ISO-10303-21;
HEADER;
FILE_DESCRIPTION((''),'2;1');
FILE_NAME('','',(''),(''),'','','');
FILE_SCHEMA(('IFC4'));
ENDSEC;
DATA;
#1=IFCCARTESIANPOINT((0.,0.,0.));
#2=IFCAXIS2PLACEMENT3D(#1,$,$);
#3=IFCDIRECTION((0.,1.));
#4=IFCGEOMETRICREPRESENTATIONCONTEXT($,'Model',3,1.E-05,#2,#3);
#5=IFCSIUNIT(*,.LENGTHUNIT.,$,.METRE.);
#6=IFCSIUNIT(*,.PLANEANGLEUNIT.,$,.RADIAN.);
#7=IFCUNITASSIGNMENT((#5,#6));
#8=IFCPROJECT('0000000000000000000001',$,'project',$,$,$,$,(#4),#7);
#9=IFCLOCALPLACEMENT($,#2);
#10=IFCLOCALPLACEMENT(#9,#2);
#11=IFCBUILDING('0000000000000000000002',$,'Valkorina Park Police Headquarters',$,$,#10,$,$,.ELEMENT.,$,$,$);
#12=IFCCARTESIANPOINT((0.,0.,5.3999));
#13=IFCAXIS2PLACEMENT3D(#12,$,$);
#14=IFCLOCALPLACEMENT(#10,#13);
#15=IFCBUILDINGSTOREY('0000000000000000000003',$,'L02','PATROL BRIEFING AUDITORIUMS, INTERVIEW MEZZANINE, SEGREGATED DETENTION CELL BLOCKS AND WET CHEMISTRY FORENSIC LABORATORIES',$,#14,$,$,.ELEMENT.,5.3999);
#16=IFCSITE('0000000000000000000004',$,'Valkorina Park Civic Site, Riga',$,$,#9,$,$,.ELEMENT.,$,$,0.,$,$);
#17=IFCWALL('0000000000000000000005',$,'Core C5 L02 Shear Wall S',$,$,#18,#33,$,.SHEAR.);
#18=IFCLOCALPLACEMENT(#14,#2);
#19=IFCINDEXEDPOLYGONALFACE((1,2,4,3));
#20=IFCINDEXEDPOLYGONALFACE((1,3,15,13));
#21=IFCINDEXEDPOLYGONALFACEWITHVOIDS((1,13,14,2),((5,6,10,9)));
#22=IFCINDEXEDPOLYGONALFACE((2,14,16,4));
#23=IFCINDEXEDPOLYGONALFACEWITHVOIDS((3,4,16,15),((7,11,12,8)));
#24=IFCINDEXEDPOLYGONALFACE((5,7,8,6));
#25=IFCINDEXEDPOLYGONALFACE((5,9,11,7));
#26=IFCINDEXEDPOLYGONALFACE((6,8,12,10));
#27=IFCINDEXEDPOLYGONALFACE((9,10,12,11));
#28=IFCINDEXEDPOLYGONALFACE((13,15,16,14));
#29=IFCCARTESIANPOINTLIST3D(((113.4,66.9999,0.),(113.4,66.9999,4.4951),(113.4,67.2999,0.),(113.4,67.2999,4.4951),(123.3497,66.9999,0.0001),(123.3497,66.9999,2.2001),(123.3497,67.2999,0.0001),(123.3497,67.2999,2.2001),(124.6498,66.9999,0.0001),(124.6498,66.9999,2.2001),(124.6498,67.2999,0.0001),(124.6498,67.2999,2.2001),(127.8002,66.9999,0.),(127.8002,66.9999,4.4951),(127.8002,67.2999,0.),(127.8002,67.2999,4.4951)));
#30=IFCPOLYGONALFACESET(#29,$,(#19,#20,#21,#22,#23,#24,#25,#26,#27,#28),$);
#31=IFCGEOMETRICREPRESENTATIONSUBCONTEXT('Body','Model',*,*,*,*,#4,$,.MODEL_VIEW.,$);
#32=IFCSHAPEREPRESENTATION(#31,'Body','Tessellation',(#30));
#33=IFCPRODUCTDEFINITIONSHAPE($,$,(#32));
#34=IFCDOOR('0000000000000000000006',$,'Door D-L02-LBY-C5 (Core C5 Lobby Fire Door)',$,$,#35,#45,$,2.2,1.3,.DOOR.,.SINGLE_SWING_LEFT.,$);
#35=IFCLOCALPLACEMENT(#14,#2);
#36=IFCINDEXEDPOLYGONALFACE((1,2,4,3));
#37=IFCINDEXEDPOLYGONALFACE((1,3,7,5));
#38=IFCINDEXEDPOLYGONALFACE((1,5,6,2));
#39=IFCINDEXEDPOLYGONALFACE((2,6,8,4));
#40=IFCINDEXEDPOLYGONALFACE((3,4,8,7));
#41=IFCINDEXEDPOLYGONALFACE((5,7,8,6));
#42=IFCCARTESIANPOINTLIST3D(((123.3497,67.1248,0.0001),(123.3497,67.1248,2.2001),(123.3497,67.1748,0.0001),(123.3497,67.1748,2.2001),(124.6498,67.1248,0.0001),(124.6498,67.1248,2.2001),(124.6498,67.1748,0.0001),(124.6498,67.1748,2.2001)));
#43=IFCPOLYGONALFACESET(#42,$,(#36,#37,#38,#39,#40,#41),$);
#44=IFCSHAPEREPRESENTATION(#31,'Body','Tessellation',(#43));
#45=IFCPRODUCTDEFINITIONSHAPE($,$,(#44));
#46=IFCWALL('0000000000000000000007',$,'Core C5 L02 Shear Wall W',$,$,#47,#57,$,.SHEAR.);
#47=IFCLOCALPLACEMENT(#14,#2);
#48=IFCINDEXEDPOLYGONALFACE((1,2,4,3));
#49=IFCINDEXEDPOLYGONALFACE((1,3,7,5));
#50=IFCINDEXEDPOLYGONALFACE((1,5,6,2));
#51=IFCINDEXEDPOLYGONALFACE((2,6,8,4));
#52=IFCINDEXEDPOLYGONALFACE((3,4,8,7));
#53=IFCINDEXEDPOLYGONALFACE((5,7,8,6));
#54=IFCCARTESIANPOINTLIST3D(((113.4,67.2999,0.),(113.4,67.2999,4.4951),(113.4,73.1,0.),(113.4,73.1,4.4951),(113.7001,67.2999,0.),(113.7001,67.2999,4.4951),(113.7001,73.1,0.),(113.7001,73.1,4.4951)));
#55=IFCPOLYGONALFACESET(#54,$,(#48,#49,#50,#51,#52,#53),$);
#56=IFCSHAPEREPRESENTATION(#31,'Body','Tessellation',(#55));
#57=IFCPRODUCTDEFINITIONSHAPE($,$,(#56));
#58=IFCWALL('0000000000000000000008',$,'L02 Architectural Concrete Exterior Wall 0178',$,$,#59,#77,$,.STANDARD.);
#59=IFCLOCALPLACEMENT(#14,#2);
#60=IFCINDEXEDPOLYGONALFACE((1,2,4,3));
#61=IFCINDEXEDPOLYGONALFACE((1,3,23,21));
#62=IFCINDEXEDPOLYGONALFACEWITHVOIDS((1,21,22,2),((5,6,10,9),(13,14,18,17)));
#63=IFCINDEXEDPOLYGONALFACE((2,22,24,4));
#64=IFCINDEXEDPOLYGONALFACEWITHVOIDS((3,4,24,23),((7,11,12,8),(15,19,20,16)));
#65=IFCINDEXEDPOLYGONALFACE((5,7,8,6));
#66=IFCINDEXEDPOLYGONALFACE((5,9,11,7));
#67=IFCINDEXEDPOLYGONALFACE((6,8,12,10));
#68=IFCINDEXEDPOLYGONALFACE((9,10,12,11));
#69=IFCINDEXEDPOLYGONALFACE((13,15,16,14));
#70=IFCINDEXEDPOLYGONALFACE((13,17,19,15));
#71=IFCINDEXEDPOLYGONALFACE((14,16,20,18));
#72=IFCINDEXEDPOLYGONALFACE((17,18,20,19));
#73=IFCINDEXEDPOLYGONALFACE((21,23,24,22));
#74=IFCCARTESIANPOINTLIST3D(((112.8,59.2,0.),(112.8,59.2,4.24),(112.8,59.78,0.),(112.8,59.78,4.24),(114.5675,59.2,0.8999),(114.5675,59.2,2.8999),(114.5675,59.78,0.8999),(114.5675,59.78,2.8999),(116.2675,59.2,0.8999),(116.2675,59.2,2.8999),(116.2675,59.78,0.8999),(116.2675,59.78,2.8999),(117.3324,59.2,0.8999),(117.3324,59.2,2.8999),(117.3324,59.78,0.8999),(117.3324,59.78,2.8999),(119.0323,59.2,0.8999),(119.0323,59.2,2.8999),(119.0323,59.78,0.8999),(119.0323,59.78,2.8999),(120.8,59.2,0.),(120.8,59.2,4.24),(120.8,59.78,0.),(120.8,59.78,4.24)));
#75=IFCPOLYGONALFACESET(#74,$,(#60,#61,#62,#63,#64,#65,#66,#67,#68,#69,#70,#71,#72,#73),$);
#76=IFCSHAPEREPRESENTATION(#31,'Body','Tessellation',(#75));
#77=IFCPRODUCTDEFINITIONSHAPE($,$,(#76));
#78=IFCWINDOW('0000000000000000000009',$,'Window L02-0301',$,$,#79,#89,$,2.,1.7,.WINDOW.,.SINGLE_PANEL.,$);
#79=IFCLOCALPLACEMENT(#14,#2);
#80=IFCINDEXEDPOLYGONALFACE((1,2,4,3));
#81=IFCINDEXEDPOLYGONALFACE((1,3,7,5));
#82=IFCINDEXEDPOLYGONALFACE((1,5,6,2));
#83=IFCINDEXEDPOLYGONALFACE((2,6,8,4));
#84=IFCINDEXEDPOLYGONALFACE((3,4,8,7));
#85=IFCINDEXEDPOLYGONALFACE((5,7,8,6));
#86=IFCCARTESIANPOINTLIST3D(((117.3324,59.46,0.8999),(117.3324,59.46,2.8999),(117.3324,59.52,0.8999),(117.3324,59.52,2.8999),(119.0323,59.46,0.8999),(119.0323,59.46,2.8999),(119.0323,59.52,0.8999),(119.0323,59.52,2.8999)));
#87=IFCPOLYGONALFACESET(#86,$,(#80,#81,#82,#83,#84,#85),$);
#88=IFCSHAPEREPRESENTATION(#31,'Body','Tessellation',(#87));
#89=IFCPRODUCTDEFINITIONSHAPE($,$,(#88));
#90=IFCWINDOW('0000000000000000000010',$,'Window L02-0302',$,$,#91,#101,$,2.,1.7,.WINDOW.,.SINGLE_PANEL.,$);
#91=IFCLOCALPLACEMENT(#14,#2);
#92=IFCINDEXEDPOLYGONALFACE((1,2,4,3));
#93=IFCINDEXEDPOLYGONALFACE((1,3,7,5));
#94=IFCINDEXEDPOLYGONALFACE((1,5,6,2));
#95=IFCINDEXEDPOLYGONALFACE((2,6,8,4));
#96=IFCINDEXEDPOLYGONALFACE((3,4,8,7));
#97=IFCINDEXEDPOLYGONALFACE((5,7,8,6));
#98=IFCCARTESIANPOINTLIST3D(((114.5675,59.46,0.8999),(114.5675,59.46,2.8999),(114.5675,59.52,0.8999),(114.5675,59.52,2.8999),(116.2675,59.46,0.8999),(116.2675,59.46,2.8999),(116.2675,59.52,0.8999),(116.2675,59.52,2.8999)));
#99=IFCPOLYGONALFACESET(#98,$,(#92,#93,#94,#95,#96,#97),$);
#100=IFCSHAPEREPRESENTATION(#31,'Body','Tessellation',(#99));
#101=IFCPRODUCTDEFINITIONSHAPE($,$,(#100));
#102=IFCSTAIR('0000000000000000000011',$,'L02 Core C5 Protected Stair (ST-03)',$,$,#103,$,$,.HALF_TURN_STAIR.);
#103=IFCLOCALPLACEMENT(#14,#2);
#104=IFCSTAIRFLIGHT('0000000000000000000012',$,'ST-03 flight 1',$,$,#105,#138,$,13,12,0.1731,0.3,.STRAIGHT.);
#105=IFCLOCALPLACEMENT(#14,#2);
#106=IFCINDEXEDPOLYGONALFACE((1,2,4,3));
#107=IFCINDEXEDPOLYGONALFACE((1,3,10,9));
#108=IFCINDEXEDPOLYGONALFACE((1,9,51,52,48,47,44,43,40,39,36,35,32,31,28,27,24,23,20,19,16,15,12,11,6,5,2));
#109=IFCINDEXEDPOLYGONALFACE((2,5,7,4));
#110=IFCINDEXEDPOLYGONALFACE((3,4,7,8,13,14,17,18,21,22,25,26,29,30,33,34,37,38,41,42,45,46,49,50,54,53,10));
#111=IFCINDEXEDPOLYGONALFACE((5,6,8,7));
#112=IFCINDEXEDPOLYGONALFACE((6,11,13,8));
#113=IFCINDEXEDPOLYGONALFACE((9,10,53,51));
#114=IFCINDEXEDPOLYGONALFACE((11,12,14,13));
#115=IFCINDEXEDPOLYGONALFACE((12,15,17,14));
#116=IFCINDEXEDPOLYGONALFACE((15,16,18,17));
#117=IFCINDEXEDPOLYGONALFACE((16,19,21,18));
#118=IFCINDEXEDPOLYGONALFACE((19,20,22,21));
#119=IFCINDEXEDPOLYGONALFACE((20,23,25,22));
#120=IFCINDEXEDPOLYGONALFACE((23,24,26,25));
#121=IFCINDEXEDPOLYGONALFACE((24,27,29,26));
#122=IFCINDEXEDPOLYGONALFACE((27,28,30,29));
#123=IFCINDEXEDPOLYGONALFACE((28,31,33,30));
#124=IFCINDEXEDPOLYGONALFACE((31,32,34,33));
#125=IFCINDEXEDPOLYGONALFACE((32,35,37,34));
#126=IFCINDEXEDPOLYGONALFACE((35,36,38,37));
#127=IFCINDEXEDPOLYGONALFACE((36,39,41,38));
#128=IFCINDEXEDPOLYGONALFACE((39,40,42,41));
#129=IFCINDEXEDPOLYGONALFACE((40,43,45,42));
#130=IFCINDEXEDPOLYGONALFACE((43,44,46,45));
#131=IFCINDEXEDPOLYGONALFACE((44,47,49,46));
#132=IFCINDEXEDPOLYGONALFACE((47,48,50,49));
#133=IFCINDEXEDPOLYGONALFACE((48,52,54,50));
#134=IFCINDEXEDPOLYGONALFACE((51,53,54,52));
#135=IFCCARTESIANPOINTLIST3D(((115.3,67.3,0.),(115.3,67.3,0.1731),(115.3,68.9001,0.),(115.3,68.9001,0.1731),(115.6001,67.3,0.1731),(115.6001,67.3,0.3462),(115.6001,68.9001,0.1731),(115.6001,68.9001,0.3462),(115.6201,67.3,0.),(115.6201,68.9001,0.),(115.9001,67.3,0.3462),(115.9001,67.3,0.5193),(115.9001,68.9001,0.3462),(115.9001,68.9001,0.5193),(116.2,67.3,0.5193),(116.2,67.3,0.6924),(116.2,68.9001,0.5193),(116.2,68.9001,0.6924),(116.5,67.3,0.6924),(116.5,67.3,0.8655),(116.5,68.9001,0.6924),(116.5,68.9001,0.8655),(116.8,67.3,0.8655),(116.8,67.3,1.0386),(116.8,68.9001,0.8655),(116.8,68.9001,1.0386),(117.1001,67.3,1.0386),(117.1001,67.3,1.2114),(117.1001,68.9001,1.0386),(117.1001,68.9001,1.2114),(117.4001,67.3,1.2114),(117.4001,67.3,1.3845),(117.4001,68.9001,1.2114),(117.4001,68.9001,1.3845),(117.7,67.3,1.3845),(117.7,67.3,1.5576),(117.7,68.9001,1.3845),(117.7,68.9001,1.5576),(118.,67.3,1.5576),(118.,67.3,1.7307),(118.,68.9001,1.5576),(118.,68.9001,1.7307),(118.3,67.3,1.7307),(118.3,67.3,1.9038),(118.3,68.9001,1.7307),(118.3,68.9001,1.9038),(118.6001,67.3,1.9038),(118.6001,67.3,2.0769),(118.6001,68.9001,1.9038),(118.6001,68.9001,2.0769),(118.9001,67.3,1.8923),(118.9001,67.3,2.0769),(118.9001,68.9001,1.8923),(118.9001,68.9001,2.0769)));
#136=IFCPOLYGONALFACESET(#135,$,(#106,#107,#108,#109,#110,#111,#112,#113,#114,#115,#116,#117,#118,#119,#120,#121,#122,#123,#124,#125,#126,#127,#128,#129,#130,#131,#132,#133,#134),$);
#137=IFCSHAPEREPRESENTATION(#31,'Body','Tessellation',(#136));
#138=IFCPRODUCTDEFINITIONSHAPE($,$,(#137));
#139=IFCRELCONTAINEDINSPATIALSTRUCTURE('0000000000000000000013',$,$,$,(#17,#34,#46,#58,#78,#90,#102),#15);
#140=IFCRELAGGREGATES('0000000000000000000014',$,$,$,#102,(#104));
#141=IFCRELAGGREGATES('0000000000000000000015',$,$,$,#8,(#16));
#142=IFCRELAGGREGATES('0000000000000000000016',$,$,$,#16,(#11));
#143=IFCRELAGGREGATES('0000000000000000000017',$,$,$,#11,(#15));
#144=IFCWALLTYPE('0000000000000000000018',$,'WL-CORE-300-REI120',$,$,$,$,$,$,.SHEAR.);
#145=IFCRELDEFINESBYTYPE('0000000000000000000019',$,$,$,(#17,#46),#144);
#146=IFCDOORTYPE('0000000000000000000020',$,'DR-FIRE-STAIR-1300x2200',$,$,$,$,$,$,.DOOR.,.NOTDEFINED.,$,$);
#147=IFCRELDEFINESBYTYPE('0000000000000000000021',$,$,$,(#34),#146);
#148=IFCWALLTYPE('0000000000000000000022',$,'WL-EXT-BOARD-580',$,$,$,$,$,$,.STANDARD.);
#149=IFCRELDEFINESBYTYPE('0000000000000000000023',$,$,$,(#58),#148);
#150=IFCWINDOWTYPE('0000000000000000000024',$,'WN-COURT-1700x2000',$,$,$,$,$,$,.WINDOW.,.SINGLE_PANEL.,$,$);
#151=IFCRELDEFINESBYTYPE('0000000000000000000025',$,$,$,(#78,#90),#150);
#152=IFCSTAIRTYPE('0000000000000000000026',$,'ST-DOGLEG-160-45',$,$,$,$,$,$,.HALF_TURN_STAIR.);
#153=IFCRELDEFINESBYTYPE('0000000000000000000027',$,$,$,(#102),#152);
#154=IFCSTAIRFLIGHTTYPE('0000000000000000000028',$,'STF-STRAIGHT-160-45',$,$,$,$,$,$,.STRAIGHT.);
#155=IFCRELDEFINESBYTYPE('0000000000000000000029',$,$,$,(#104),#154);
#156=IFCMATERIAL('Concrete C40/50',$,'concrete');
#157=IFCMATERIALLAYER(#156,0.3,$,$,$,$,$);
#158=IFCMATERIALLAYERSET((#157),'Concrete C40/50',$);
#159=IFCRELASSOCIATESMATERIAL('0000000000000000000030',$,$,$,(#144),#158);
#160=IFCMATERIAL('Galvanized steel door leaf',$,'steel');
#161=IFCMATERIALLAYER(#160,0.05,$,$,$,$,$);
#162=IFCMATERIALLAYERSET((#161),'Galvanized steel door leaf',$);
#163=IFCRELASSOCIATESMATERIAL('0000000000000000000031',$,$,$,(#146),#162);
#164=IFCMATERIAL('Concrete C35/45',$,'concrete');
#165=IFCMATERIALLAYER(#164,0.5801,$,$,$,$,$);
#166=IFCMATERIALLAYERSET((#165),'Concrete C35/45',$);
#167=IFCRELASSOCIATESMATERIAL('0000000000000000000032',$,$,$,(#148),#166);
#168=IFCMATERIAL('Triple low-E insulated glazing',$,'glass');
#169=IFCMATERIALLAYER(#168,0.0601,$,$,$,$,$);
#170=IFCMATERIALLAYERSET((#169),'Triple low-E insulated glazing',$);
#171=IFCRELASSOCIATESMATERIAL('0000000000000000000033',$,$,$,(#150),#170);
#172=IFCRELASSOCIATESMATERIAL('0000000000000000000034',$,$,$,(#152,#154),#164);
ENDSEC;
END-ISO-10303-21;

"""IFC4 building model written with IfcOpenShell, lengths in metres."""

from ifc_helpers import new_model, si_unit, direction, frame, frame_2d, origin, place, context, subcontext, project, spatial, polyline, rectangle, outline, extrude, material, layer, layer_set, type_object, element, fill, aggregate, save


model = new_model("IFC4")

# Units and contexts
model_context = context("Model", 3, precision=1e-05, world=origin(), true_north=direction((0.0, 1.0)))
body_context = subcontext(model_context, "Body", "Model", "MODEL_VIEW")
ifc_project = project(units=[si_unit("LENGTHUNIT", "METRE"), si_unit("PLANEANGLEUNIT", "RADIAN")], contexts=[model_context])

# Site, building, storey
site_placement = place(None, origin())
site = spatial("IfcSite", under=ifc_project, at=site_placement, Name="Valkorina Park Civic Site, Riga", CompositionType="ELEMENT", RefElevation=0.0)
building_placement = place(site_placement, origin())
building = spatial("IfcBuilding", under=site, at=building_placement, Name="Valkorina Park Police Headquarters", CompositionType="ELEMENT")
storey_placement = place(building_placement, frame((0.0, 0.0, 5.3999)))
storey = spatial("IfcBuildingStorey", under=building, at=storey_placement, Name="L02", Description="PATROL BRIEFING AUDITORIUMS, INTERVIEW MEZZANINE, SEGREGATED DETENTION CELL BLOCKS AND WET CHEMISTRY FORENSIC LABORATORIES", CompositionType="ELEMENT", Elevation=5.3999)

# Wall, opening, door
ifc_material_1 = material(Name="Concrete C40/50", Category="concrete")
ifc_layer_1 = layer(ifc_material_1, 0.3)
ifc_layer_set_1 = layer_set([ifc_layer_1], Name="Concrete C40/50")
wall_type_1 = type_object("IfcWallType", Name="WL-CORE-300-REI120", PredefinedType="SHEAR", material=ifc_layer_set_1)
wall_1_placement = place(storey_placement, frame((113.3999, 67.1499, 0.0), z_axis=(0.0, 0.0, 1.0), x_axis=(1.0, 0.0, 0.0)))
wall_1 = element("IfcWall", 1, at=wall_1_placement, inside=storey, type_object=wall_type_1, Name="Core C5 L02 Shear Wall S", PredefinedType="SHEAR", context=body_context, shape_type="SweptSolid", body=[
    extrude(rectangle(XDim=14.4001, YDim=0.3, at=frame_2d((7.2002, 0.0))), origin(), (0.0, 0.0, 1.0), 4.4951),
])
opening_1_placement = place(wall_1_placement, frame((9.95, 0.0, 0.0)))
opening_1 = element("IfcOpeningElement", 2, at=opening_1_placement, cuts=wall_1, PredefinedType="OPENING", context=body_context, shape_type="SweptSolid", body=[
    extrude(rectangle(XDim=1.3, YDim=2.2, at=frame_2d((0.6499, 1.1001))), frame((0.0, 0.1602, 0.0), z_axis=(0.0, -1.0, 0.0), x_axis=(1.0, 0.0, 0.0)), (0.0, 0.0, 1.0), 0.3201),
])
ifc_material_2 = material(Name="Galvanized steel door leaf", Category="steel")
ifc_layer_2 = layer(ifc_material_2, 0.05)
ifc_layer_set_2 = layer_set([ifc_layer_2], Name="Galvanized steel door leaf")
door_type = type_object("IfcDoorType", Name="DR-FIRE-STAIR-1300x2200", OperationType="NOTDEFINED", PredefinedType="DOOR", material=ifc_layer_set_2)
door_placement = place(opening_1_placement, origin())
door = element("IfcDoor", 3, at=door_placement, inside=storey, type_object=door_type, Name="Door D-L02-LBY-C5 (Core C5 Lobby Fire Door)", OperationType="SINGLE_SWING_LEFT", OverallHeight=2.2, OverallWidth=1.3, PredefinedType="DOOR", context=body_context, shape_type="SweptSolid", body=[
    extrude(rectangle(XDim=1.3, YDim=2.2, at=frame_2d((0.6499, 1.1001))), frame((0.0, 0.0249, 0.0), z_axis=(0.0, -1.0, 0.0), x_axis=(1.0, 0.0, 0.0)), (0.0, 0.0, 1.0), 0.05),
])
fill(opening_1, door)

# Wall
wall_2_placement = place(storey_placement, frame((113.55, 67.3, 0.0), z_axis=(0.0, 0.0, 1.0), x_axis=(0.0, 1.0, 0.0)))
element("IfcWall", 4, at=wall_2_placement, inside=storey, type_object=wall_type_1, Name="Core C5 L02 Shear Wall W", PredefinedType="SHEAR", context=body_context, shape_type="SweptSolid", body=[
    extrude(rectangle(XDim=5.8, YDim=0.3, at=frame_2d((2.8999, 0.0))), origin(), (0.0, 0.0, 1.0), 4.4951),
])

# Wall, openings, windows
ifc_material_3 = material(Name="Concrete C35/45", Category="concrete")
ifc_layer_3 = layer(ifc_material_3, 0.5801)
ifc_layer_set_3 = layer_set([ifc_layer_3], Name="Concrete C35/45")
wall_type_2 = type_object("IfcWallType", Name="WL-EXT-BOARD-580", PredefinedType="STANDARD", material=ifc_layer_set_3)
wall_3_placement = place(storey_placement, frame((120.8, 59.49, 0.0), z_axis=(0.0, 0.0, 1.0), x_axis=(-1.0, 0.0, 0.0)))
wall_3 = element("IfcWall", 5, at=wall_3_placement, inside=storey, type_object=wall_type_2, Name="L02 Architectural Concrete Exterior Wall 0178", PredefinedType="STANDARD", context=body_context, shape_type="SweptSolid", body=[
    extrude(rectangle(XDim=8.0, YDim=0.5801, at=frame_2d((4.0, 0.0))), origin(), (0.0, 0.0, 1.0), 4.24),
])
opening_2_placement = place(wall_3_placement, frame((1.7676, 0.0, 0.8999)))
opening_2 = element("IfcOpeningElement", 6, at=opening_2_placement, cuts=wall_3, PredefinedType="OPENING", context=body_context, shape_type="SweptSolid", body=[
    extrude(rectangle(XDim=1.7, YDim=2.0, at=frame_2d((0.8501, 1.0))), frame((0.0, 0.3, 0.0), z_axis=(0.0, -1.0, 0.0), x_axis=(1.0, 0.0, 0.0)), (0.0, 0.0, 1.0), 0.6001),
])
opening_3_placement = place(wall_3_placement, frame((4.5325, 0.0, 0.8999)))
opening_3 = element("IfcOpeningElement", 7, at=opening_3_placement, cuts=wall_3, PredefinedType="OPENING", context=body_context, shape_type="SweptSolid", body=[
    extrude(rectangle(XDim=1.7, YDim=2.0, at=frame_2d((0.8501, 1.0))), frame((0.0, 0.3, 0.0), z_axis=(0.0, -1.0, 0.0), x_axis=(1.0, 0.0, 0.0)), (0.0, 0.0, 1.0), 0.6001),
])
ifc_material_4 = material(Name="Triple low-E insulated glazing", Category="glass")
ifc_layer_4 = layer(ifc_material_4, 0.0601)
ifc_layer_set_4 = layer_set([ifc_layer_4], Name="Triple low-E insulated glazing")
window_type = type_object("IfcWindowType", Name="WN-COURT-1700x2000", PartitioningType="SINGLE_PANEL", PredefinedType="WINDOW", material=ifc_layer_set_4)
window_1_placement = place(opening_2_placement, origin())
window_1 = element("IfcWindow", 8, at=window_1_placement, inside=storey, type_object=window_type, Name="Window L02-0301", OverallHeight=2.0, OverallWidth=1.7, PartitioningType="SINGLE_PANEL", PredefinedType="WINDOW", context=body_context, shape_type="SweptSolid", body=[
    extrude(rectangle(XDim=1.7, YDim=2.0, at=frame_2d((0.8501, 1.0))), frame((0.0, 0.03, 0.0), z_axis=(0.0, -1.0, 0.0), x_axis=(1.0, 0.0, 0.0)), (0.0, 0.0, 1.0), 0.0601),
])
fill(opening_2, window_1)
window_2_placement = place(opening_3_placement, origin())
window_2 = element("IfcWindow", 9, at=window_2_placement, inside=storey, type_object=window_type, Name="Window L02-0302", OverallHeight=2.0, OverallWidth=1.7, PartitioningType="SINGLE_PANEL", PredefinedType="WINDOW", context=body_context, shape_type="SweptSolid", body=[
    extrude(rectangle(XDim=1.7, YDim=2.0, at=frame_2d((0.8501, 1.0))), frame((0.0, 0.03, 0.0), z_axis=(0.0, -1.0, 0.0), x_axis=(1.0, 0.0, 0.0)), (0.0, 0.0, 1.0), 0.0601),
])
fill(opening_3, window_2)

# Stair, stair flight
stair_type = type_object("IfcStairType", Name="ST-DOGLEG-160-45", PredefinedType="HALF_TURN_STAIR", material=ifc_material_3)
stair_placement = place(storey_placement, origin())
stair = element("IfcStair", 10, at=stair_placement, inside=storey, type_object=stair_type, Name="L02 Core C5 Protected Stair (ST-03)", PredefinedType="HALF_TURN_STAIR")
stair_flight_type = type_object("IfcStairFlightType", Name="STF-STRAIGHT-160-45", PredefinedType="STRAIGHT", material=ifc_material_3)
stair_flight_1_placement = place(storey_placement, frame((115.3, 68.1001, 0.0), z_axis=(0.0, 0.0, 1.0), x_axis=(1.0, 0.0, 0.0)))
stair_flight_1 = element("IfcStairFlight", 11, at=stair_flight_1_placement, type_object=stair_flight_type, Name="ST-03 flight 1", NumberOfRisers=13, NumberOfTreads=12, PredefinedType="STRAIGHT", RiserHeight=0.1731, TreadLength=0.3, context=body_context, shape_type="SweptSolid", body=[
    extrude(outline(polyline([(0.0, 0.0), (0.0, 0.1731), (0.3, 0.1731), (0.3, 0.3462), (0.6001, 0.3462), (0.6001, 0.5193), (0.8999, 0.5193), (0.8999, 0.6924), (1.2, 0.6924), (1.2, 0.8655), (1.5, 0.8655), (1.5, 1.0386), (1.8, 1.0386), (1.8, 1.2114), (2.1001, 1.2114), (2.1001, 1.3845), (2.3999, 1.3845), (2.3999, 1.5576), (2.7, 1.5576), (2.7, 1.7307), (3.0, 1.7307), (3.0, 1.9038), (3.3, 1.9038), (3.3, 2.0769), (3.6001, 2.0769), (3.6001, 2.25), (3.6001, 1.8923), (0.3201, 0.0), (0.0, 0.0)])), frame((0.0, 0.8, 0.0), z_axis=(0.0, -1.0, 0.0), x_axis=(1.0, 0.0, 0.0)), (0.0, 0.0, 1.0), 1.6001),
])
aggregate(stair, [stair_flight_1])

save(model, "model.ifc")
